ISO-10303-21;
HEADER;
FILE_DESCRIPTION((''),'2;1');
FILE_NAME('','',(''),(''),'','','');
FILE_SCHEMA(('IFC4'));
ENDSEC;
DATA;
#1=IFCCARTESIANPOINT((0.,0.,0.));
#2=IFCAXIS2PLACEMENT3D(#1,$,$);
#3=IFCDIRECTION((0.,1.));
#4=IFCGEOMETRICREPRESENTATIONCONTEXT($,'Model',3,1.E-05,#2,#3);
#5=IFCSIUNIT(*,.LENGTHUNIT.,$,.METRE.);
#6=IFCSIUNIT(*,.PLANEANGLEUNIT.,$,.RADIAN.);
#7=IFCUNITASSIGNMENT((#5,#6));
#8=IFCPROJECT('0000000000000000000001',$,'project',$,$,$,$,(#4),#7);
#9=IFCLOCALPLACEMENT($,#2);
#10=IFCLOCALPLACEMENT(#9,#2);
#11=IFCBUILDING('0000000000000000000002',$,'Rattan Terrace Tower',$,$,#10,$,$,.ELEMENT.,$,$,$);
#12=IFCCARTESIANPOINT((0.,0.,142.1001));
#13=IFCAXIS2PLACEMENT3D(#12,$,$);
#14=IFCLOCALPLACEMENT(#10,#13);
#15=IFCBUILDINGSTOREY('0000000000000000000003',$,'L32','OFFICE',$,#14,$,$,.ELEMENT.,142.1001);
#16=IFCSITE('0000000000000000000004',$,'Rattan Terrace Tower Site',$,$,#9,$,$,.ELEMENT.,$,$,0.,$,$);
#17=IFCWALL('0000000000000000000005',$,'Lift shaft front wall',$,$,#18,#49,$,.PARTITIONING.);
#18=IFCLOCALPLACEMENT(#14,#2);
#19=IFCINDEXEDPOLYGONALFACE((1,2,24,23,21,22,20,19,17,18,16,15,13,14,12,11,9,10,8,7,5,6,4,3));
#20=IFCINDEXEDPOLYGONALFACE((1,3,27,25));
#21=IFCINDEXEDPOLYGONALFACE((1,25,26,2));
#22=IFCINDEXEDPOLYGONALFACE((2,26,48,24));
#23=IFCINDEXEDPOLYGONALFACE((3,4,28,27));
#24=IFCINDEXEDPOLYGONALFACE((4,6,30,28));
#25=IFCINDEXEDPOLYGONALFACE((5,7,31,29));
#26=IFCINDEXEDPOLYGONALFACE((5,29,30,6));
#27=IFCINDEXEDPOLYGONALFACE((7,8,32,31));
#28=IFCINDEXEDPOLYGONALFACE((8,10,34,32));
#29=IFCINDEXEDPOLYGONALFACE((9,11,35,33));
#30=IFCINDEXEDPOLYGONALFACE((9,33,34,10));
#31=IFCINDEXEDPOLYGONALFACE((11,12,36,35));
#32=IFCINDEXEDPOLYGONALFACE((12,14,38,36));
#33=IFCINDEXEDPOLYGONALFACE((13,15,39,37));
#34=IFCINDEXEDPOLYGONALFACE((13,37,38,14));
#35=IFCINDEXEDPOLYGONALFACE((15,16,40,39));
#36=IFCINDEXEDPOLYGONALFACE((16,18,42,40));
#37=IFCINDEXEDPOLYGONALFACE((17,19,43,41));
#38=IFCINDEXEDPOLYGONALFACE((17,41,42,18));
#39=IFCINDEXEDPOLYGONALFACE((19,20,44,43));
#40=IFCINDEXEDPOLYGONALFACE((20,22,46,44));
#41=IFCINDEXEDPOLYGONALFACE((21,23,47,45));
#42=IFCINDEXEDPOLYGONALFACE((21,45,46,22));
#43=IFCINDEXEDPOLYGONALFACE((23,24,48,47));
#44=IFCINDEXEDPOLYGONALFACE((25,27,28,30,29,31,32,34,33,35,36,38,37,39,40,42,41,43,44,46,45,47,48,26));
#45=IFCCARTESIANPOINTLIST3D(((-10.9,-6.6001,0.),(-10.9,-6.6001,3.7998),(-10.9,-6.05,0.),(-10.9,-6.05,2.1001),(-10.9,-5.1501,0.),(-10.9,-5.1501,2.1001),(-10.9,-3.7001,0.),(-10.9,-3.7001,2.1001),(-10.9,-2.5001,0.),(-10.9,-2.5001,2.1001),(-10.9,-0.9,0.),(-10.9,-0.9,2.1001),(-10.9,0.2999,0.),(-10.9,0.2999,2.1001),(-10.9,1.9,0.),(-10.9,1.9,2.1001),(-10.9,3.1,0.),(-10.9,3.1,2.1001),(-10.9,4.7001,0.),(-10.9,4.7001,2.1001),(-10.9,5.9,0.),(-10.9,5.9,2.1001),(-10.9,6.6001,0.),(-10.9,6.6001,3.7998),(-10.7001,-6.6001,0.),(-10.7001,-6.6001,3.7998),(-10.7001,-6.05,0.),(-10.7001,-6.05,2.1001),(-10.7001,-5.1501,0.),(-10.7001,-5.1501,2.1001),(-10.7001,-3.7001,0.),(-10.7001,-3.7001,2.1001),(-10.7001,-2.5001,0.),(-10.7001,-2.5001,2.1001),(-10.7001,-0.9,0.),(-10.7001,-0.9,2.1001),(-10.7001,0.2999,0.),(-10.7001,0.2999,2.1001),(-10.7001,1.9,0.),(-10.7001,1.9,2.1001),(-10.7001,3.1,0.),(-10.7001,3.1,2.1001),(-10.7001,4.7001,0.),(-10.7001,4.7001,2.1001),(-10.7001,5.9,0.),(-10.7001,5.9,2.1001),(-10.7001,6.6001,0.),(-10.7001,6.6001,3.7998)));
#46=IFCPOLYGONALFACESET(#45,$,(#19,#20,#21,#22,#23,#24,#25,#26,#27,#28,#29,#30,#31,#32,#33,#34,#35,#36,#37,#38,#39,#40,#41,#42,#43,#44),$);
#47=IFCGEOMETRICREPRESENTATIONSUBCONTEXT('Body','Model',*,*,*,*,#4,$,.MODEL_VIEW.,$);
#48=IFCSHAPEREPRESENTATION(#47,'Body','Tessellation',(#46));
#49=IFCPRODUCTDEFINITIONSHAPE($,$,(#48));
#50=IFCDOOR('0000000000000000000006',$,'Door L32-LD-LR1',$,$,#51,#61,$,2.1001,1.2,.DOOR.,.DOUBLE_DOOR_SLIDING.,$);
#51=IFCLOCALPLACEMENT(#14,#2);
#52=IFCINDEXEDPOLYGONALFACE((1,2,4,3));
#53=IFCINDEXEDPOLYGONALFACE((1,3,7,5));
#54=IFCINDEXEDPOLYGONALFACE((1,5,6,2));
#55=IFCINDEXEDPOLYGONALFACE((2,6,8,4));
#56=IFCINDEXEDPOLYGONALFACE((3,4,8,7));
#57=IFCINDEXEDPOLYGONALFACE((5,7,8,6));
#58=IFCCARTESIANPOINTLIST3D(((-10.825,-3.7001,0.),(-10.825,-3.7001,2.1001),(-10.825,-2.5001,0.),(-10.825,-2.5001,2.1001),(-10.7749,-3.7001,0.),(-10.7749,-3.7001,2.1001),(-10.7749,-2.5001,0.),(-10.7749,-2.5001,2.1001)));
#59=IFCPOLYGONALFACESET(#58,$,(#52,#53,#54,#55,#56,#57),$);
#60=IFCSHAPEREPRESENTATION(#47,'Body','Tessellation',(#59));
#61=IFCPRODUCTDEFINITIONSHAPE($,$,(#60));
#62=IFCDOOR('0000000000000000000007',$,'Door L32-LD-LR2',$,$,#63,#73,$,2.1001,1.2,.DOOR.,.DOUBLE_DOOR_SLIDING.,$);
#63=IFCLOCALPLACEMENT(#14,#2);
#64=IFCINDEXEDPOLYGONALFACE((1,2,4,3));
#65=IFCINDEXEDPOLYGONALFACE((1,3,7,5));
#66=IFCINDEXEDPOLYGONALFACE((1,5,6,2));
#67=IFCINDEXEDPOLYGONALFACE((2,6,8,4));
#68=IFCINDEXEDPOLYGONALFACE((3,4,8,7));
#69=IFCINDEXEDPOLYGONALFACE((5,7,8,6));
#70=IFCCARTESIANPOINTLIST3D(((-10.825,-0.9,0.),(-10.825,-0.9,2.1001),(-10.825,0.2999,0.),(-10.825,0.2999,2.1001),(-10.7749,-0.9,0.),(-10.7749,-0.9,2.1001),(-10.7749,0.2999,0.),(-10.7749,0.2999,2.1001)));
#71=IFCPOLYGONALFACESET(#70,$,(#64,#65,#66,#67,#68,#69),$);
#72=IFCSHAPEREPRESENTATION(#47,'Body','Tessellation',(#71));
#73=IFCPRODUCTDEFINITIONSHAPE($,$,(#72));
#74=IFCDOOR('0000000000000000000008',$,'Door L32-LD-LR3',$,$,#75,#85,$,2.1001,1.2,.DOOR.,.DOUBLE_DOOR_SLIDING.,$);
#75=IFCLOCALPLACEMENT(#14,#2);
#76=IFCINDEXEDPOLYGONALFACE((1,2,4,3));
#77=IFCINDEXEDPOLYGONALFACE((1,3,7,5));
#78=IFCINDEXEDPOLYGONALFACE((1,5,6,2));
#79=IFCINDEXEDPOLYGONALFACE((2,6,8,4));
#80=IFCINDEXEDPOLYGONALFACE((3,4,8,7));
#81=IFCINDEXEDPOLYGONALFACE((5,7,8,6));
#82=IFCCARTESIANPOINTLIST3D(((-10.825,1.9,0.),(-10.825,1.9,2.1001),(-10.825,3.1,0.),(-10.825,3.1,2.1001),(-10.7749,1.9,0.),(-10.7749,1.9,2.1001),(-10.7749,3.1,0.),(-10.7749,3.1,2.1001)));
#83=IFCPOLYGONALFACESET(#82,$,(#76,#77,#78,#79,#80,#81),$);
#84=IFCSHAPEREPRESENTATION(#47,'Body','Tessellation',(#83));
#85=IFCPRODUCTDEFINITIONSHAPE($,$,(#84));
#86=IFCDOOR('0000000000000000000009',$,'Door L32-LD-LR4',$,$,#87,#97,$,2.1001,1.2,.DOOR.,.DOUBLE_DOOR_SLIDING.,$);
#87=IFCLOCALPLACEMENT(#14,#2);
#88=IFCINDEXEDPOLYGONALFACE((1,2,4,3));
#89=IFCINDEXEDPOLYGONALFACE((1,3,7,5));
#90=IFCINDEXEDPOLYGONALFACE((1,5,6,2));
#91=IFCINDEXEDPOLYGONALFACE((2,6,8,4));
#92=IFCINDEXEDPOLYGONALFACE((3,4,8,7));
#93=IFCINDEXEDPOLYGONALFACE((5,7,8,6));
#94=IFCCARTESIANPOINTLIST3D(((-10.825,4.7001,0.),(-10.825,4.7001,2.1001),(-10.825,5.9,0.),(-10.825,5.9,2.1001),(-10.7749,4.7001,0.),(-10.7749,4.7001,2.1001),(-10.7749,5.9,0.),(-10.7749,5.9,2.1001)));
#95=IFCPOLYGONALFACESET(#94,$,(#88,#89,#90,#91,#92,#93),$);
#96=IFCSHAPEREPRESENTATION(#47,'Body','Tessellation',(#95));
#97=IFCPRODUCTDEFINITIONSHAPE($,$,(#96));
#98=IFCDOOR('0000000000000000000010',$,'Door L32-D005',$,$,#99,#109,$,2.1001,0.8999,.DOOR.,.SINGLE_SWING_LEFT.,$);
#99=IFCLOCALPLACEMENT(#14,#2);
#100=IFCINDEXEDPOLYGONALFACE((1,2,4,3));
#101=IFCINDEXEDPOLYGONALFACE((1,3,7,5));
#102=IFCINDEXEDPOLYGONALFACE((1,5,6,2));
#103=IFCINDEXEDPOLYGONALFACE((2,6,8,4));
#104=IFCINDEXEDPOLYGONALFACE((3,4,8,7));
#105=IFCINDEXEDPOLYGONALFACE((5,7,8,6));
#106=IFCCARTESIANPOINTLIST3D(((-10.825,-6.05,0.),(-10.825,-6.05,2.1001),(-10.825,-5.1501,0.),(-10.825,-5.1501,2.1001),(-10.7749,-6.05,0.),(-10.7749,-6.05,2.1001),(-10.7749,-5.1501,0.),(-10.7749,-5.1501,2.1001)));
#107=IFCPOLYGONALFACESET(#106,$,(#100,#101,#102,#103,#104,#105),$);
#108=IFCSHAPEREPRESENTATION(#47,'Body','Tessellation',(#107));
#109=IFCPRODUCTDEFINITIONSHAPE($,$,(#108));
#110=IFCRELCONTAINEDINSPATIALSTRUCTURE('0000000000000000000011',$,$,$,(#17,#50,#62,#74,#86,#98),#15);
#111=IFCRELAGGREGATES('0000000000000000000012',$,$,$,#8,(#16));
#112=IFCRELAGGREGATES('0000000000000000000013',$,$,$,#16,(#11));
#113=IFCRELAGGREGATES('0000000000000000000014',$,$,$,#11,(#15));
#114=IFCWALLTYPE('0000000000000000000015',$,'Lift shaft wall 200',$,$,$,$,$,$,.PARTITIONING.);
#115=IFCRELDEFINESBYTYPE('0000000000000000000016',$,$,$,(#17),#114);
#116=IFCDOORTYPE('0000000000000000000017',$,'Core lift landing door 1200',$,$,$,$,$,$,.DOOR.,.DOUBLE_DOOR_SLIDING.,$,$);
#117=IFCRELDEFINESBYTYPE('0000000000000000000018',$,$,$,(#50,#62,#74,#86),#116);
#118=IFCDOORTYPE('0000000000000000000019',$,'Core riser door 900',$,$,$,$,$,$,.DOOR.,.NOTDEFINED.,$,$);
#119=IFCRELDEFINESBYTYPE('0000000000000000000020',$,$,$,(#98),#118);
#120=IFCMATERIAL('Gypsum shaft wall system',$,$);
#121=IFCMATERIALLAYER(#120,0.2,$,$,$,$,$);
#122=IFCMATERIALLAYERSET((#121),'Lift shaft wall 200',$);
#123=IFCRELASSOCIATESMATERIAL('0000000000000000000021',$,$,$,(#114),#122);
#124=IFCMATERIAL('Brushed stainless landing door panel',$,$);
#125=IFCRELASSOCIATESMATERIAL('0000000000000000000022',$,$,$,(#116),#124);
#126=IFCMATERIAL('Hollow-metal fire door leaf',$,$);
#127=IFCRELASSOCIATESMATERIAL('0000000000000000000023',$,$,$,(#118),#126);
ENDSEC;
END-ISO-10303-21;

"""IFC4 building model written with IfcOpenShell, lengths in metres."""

from ifc_helpers import new_model, si_unit, direction, frame, frame_2d, origin, place, context, subcontext, project, spatial, rectangle, extrude, material, layer, layer_set, type_object, element, fill, save


model = new_model("IFC4")

# Units and contexts
model_context = context("Model", 3, precision=1e-05, world=origin(), true_north=direction((0.0, 1.0)))
body_context = subcontext(model_context, "Body", "Model", "MODEL_VIEW")
ifc_project = project(units=[si_unit("LENGTHUNIT", "METRE"), si_unit("PLANEANGLEUNIT", "RADIAN")], contexts=[model_context])

# Site, building, storey
site_placement = place(None, origin())
site = spatial("IfcSite", under=ifc_project, at=site_placement, Name="Rattan Terrace Tower Site", CompositionType="ELEMENT", RefElevation=0.0)
building_placement = place(site_placement, origin())
building = spatial("IfcBuilding", under=site, at=building_placement, Name="Rattan Terrace Tower", CompositionType="ELEMENT")
storey_placement = place(building_placement, frame((0.0, 0.0, 142.1001)))
storey = spatial("IfcBuildingStorey", under=building, at=storey_placement, Name="L32", Description="OFFICE", CompositionType="ELEMENT", Elevation=142.1001)

# Wall, openings, doors
ifc_material_1 = material(Name="Gypsum shaft wall system")
ifc_layer_1 = layer(ifc_material_1, 0.2)
ifc_layer_set_1 = layer_set([ifc_layer_1], Name="Lift shaft wall 200")
wall_type_1 = type_object("IfcWallType", Name="Lift shaft wall 200", PredefinedType="PARTITIONING", material=ifc_layer_set_1)
wall_1_placement = place(storey_placement, frame((-10.8, -6.6001, 0.0), z_axis=(0.0, 0.0, 1.0), x_axis=(0.0, 1.0, 0.0)))
wall_1 = element("IfcWall", 1, at=wall_1_placement, inside=storey, type_object=wall_type_1, Name="Lift shaft front wall", PredefinedType="PARTITIONING", context=body_context, shape_type="SweptSolid", body=[
    extrude(rectangle(XDim=13.2002, YDim=0.2, at=frame_2d((6.6001, 0.0))), origin(), (0.0, 0.0, 1.0), 3.7998),
])
opening_1_placement = place(wall_1_placement, frame((0.55, 0.0, 0.0)))
opening_1 = element("IfcOpeningElement", 2, at=opening_1_placement, cuts=wall_1, PredefinedType="OPENING", context=body_context, shape_type="SweptSolid", body=[
    extrude(rectangle(XDim=0.8999, YDim=2.1001, at=frame_2d((0.45, 1.05))), frame((0.0, 0.1106, 0.0), z_axis=(0.0, -1.0, 0.0), x_axis=(1.0, 0.0, 0.0)), (0.0, 0.0, 1.0), 0.2209),
])
opening_2_placement = place(wall_1_placement, frame((2.8999, 0.0, 0.0)))
opening_2 = element("IfcOpeningElement", 3, at=opening_2_placement, cuts=wall_1, PredefinedType="OPENING", context=body_context, shape_type="SweptSolid", body=[
    extrude(rectangle(XDim=1.2, YDim=2.1001, at=frame_2d((0.6001, 1.05))), frame((0.0, 0.1106, 0.0), z_axis=(0.0, -1.0, 0.0), x_axis=(1.0, 0.0, 0.0)), (0.0, 0.0, 1.0), 0.2209),
])
opening_3_placement = place(wall_1_placement, frame((5.7, 0.0, 0.0)))
opening_3 = element("IfcOpeningElement", 4, at=opening_3_placement, cuts=wall_1, PredefinedType="OPENING", context=body_context, shape_type="SweptSolid", body=[
    extrude(rectangle(XDim=1.2, YDim=2.1001, at=frame_2d((0.6001, 1.05))), frame((0.0, 0.1106, 0.0), z_axis=(0.0, -1.0, 0.0), x_axis=(1.0, 0.0, 0.0)), (0.0, 0.0, 1.0), 0.2209),
])
opening_4_placement = place(wall_1_placement, frame((8.5, 0.0, 0.0)))
opening_4 = element("IfcOpeningElement", 5, at=opening_4_placement, cuts=wall_1, PredefinedType="OPENING", context=body_context, shape_type="SweptSolid", body=[
    extrude(rectangle(XDim=1.2, YDim=2.1001, at=frame_2d((0.6001, 1.05))), frame((0.0, 0.1106, 0.0), z_axis=(0.0, -1.0, 0.0), x_axis=(1.0, 0.0, 0.0)), (0.0, 0.0, 1.0), 0.2209),
])
opening_5_placement = place(wall_1_placement, frame((11.3, 0.0, 0.0)))
opening_5 = element("IfcOpeningElement", 6, at=opening_5_placement, cuts=wall_1, PredefinedType="OPENING", context=body_context, shape_type="SweptSolid", body=[
    extrude(rectangle(XDim=1.2, YDim=2.1001, at=frame_2d((0.6001, 1.05))), frame((0.0, 0.1106, 0.0), z_axis=(0.0, -1.0, 0.0), x_axis=(1.0, 0.0, 0.0)), (0.0, 0.0, 1.0), 0.2209),
])
ifc_material_2 = material(Name="Brushed stainless landing door panel")
door_type_1 = type_object("IfcDoorType", Name="Core lift landing door 1200", OperationType="DOUBLE_DOOR_SLIDING", PredefinedType="DOOR", material=ifc_material_2)
door_1_placement = place(opening_2_placement, origin())
door_1 = element("IfcDoor", 7, at=door_1_placement, inside=storey, type_object=door_type_1, Name="Door L32-LD-LR1", OperationType="DOUBLE_DOOR_SLIDING", OverallHeight=2.1001, OverallWidth=1.2, PredefinedType="DOOR", context=body_context, shape_type="SweptSolid", body=[
    extrude(rectangle(XDim=1.2, YDim=2.1001, at=frame_2d((0.6001, 1.05))), frame((0.0, 0.0249, 0.0), z_axis=(0.0, -1.0, 0.0), x_axis=(1.0, 0.0, 0.0)), (0.0, 0.0, 1.0), 0.05),
])
fill(opening_2, door_1)
door_2_placement = place(opening_3_placement, origin())
door_2 = element("IfcDoor", 8, at=door_2_placement, inside=storey, type_object=door_type_1, Name="Door L32-LD-LR2", OperationType="DOUBLE_DOOR_SLIDING", OverallHeight=2.1001, OverallWidth=1.2, PredefinedType="DOOR", context=body_context, shape_type="SweptSolid", body=[
    extrude(rectangle(XDim=1.2, YDim=2.1001, at=frame_2d((0.6001, 1.05))), frame((0.0, 0.0249, 0.0), z_axis=(0.0, -1.0, 0.0), x_axis=(1.0, 0.0, 0.0)), (0.0, 0.0, 1.0), 0.05),
])
fill(opening_3, door_2)
door_3_placement = place(opening_4_placement, origin())
door_3 = element("IfcDoor", 9, at=door_3_placement, inside=storey, type_object=door_type_1, Name="Door L32-LD-LR3", OperationType="DOUBLE_DOOR_SLIDING", OverallHeight=2.1001, OverallWidth=1.2, PredefinedType="DOOR", context=body_context, shape_type="SweptSolid", body=[
    extrude(rectangle(XDim=1.2, YDim=2.1001, at=frame_2d((0.6001, 1.05))), frame((0.0, 0.0249, 0.0), z_axis=(0.0, -1.0, 0.0), x_axis=(1.0, 0.0, 0.0)), (0.0, 0.0, 1.0), 0.05),
])
fill(opening_4, door_3)
door_4_placement = place(opening_5_placement, origin())
door_4 = element("IfcDoor", 10, at=door_4_placement, inside=storey, type_object=door_type_1, Name="Door L32-LD-LR4", OperationType="DOUBLE_DOOR_SLIDING", OverallHeight=2.1001, OverallWidth=1.2, PredefinedType="DOOR", context=body_context, shape_type="SweptSolid", body=[
    extrude(rectangle(XDim=1.2, YDim=2.1001, at=frame_2d((0.6001, 1.05))), frame((0.0, 0.0249, 0.0), z_axis=(0.0, -1.0, 0.0), x_axis=(1.0, 0.0, 0.0)), (0.0, 0.0, 1.0), 0.05),
])
fill(opening_5, door_4)
ifc_material_3 = material(Name="Hollow-metal fire door leaf")
door_type_2 = type_object("IfcDoorType", Name="Core riser door 900", OperationType="NOTDEFINED", PredefinedType="DOOR", material=ifc_material_3)
door_5_placement = place(opening_1_placement, origin())
door_5 = element("IfcDoor", 11, at=door_5_placement, inside=storey, type_object=door_type_2, Name="Door L32-D005", OperationType="SINGLE_SWING_LEFT", OverallHeight=2.1001, OverallWidth=0.8999, PredefinedType="DOOR", context=body_context, shape_type="SweptSolid", body=[
    extrude(rectangle(XDim=0.8999, YDim=2.1001, at=frame_2d((0.45, 1.05))), frame((0.0, 0.0249, 0.0), z_axis=(0.0, -1.0, 0.0), x_axis=(1.0, 0.0, 0.0)), (0.0, 0.0, 1.0), 0.05),
])
fill(opening_1, door_5)

save(model, "model.ifc")
